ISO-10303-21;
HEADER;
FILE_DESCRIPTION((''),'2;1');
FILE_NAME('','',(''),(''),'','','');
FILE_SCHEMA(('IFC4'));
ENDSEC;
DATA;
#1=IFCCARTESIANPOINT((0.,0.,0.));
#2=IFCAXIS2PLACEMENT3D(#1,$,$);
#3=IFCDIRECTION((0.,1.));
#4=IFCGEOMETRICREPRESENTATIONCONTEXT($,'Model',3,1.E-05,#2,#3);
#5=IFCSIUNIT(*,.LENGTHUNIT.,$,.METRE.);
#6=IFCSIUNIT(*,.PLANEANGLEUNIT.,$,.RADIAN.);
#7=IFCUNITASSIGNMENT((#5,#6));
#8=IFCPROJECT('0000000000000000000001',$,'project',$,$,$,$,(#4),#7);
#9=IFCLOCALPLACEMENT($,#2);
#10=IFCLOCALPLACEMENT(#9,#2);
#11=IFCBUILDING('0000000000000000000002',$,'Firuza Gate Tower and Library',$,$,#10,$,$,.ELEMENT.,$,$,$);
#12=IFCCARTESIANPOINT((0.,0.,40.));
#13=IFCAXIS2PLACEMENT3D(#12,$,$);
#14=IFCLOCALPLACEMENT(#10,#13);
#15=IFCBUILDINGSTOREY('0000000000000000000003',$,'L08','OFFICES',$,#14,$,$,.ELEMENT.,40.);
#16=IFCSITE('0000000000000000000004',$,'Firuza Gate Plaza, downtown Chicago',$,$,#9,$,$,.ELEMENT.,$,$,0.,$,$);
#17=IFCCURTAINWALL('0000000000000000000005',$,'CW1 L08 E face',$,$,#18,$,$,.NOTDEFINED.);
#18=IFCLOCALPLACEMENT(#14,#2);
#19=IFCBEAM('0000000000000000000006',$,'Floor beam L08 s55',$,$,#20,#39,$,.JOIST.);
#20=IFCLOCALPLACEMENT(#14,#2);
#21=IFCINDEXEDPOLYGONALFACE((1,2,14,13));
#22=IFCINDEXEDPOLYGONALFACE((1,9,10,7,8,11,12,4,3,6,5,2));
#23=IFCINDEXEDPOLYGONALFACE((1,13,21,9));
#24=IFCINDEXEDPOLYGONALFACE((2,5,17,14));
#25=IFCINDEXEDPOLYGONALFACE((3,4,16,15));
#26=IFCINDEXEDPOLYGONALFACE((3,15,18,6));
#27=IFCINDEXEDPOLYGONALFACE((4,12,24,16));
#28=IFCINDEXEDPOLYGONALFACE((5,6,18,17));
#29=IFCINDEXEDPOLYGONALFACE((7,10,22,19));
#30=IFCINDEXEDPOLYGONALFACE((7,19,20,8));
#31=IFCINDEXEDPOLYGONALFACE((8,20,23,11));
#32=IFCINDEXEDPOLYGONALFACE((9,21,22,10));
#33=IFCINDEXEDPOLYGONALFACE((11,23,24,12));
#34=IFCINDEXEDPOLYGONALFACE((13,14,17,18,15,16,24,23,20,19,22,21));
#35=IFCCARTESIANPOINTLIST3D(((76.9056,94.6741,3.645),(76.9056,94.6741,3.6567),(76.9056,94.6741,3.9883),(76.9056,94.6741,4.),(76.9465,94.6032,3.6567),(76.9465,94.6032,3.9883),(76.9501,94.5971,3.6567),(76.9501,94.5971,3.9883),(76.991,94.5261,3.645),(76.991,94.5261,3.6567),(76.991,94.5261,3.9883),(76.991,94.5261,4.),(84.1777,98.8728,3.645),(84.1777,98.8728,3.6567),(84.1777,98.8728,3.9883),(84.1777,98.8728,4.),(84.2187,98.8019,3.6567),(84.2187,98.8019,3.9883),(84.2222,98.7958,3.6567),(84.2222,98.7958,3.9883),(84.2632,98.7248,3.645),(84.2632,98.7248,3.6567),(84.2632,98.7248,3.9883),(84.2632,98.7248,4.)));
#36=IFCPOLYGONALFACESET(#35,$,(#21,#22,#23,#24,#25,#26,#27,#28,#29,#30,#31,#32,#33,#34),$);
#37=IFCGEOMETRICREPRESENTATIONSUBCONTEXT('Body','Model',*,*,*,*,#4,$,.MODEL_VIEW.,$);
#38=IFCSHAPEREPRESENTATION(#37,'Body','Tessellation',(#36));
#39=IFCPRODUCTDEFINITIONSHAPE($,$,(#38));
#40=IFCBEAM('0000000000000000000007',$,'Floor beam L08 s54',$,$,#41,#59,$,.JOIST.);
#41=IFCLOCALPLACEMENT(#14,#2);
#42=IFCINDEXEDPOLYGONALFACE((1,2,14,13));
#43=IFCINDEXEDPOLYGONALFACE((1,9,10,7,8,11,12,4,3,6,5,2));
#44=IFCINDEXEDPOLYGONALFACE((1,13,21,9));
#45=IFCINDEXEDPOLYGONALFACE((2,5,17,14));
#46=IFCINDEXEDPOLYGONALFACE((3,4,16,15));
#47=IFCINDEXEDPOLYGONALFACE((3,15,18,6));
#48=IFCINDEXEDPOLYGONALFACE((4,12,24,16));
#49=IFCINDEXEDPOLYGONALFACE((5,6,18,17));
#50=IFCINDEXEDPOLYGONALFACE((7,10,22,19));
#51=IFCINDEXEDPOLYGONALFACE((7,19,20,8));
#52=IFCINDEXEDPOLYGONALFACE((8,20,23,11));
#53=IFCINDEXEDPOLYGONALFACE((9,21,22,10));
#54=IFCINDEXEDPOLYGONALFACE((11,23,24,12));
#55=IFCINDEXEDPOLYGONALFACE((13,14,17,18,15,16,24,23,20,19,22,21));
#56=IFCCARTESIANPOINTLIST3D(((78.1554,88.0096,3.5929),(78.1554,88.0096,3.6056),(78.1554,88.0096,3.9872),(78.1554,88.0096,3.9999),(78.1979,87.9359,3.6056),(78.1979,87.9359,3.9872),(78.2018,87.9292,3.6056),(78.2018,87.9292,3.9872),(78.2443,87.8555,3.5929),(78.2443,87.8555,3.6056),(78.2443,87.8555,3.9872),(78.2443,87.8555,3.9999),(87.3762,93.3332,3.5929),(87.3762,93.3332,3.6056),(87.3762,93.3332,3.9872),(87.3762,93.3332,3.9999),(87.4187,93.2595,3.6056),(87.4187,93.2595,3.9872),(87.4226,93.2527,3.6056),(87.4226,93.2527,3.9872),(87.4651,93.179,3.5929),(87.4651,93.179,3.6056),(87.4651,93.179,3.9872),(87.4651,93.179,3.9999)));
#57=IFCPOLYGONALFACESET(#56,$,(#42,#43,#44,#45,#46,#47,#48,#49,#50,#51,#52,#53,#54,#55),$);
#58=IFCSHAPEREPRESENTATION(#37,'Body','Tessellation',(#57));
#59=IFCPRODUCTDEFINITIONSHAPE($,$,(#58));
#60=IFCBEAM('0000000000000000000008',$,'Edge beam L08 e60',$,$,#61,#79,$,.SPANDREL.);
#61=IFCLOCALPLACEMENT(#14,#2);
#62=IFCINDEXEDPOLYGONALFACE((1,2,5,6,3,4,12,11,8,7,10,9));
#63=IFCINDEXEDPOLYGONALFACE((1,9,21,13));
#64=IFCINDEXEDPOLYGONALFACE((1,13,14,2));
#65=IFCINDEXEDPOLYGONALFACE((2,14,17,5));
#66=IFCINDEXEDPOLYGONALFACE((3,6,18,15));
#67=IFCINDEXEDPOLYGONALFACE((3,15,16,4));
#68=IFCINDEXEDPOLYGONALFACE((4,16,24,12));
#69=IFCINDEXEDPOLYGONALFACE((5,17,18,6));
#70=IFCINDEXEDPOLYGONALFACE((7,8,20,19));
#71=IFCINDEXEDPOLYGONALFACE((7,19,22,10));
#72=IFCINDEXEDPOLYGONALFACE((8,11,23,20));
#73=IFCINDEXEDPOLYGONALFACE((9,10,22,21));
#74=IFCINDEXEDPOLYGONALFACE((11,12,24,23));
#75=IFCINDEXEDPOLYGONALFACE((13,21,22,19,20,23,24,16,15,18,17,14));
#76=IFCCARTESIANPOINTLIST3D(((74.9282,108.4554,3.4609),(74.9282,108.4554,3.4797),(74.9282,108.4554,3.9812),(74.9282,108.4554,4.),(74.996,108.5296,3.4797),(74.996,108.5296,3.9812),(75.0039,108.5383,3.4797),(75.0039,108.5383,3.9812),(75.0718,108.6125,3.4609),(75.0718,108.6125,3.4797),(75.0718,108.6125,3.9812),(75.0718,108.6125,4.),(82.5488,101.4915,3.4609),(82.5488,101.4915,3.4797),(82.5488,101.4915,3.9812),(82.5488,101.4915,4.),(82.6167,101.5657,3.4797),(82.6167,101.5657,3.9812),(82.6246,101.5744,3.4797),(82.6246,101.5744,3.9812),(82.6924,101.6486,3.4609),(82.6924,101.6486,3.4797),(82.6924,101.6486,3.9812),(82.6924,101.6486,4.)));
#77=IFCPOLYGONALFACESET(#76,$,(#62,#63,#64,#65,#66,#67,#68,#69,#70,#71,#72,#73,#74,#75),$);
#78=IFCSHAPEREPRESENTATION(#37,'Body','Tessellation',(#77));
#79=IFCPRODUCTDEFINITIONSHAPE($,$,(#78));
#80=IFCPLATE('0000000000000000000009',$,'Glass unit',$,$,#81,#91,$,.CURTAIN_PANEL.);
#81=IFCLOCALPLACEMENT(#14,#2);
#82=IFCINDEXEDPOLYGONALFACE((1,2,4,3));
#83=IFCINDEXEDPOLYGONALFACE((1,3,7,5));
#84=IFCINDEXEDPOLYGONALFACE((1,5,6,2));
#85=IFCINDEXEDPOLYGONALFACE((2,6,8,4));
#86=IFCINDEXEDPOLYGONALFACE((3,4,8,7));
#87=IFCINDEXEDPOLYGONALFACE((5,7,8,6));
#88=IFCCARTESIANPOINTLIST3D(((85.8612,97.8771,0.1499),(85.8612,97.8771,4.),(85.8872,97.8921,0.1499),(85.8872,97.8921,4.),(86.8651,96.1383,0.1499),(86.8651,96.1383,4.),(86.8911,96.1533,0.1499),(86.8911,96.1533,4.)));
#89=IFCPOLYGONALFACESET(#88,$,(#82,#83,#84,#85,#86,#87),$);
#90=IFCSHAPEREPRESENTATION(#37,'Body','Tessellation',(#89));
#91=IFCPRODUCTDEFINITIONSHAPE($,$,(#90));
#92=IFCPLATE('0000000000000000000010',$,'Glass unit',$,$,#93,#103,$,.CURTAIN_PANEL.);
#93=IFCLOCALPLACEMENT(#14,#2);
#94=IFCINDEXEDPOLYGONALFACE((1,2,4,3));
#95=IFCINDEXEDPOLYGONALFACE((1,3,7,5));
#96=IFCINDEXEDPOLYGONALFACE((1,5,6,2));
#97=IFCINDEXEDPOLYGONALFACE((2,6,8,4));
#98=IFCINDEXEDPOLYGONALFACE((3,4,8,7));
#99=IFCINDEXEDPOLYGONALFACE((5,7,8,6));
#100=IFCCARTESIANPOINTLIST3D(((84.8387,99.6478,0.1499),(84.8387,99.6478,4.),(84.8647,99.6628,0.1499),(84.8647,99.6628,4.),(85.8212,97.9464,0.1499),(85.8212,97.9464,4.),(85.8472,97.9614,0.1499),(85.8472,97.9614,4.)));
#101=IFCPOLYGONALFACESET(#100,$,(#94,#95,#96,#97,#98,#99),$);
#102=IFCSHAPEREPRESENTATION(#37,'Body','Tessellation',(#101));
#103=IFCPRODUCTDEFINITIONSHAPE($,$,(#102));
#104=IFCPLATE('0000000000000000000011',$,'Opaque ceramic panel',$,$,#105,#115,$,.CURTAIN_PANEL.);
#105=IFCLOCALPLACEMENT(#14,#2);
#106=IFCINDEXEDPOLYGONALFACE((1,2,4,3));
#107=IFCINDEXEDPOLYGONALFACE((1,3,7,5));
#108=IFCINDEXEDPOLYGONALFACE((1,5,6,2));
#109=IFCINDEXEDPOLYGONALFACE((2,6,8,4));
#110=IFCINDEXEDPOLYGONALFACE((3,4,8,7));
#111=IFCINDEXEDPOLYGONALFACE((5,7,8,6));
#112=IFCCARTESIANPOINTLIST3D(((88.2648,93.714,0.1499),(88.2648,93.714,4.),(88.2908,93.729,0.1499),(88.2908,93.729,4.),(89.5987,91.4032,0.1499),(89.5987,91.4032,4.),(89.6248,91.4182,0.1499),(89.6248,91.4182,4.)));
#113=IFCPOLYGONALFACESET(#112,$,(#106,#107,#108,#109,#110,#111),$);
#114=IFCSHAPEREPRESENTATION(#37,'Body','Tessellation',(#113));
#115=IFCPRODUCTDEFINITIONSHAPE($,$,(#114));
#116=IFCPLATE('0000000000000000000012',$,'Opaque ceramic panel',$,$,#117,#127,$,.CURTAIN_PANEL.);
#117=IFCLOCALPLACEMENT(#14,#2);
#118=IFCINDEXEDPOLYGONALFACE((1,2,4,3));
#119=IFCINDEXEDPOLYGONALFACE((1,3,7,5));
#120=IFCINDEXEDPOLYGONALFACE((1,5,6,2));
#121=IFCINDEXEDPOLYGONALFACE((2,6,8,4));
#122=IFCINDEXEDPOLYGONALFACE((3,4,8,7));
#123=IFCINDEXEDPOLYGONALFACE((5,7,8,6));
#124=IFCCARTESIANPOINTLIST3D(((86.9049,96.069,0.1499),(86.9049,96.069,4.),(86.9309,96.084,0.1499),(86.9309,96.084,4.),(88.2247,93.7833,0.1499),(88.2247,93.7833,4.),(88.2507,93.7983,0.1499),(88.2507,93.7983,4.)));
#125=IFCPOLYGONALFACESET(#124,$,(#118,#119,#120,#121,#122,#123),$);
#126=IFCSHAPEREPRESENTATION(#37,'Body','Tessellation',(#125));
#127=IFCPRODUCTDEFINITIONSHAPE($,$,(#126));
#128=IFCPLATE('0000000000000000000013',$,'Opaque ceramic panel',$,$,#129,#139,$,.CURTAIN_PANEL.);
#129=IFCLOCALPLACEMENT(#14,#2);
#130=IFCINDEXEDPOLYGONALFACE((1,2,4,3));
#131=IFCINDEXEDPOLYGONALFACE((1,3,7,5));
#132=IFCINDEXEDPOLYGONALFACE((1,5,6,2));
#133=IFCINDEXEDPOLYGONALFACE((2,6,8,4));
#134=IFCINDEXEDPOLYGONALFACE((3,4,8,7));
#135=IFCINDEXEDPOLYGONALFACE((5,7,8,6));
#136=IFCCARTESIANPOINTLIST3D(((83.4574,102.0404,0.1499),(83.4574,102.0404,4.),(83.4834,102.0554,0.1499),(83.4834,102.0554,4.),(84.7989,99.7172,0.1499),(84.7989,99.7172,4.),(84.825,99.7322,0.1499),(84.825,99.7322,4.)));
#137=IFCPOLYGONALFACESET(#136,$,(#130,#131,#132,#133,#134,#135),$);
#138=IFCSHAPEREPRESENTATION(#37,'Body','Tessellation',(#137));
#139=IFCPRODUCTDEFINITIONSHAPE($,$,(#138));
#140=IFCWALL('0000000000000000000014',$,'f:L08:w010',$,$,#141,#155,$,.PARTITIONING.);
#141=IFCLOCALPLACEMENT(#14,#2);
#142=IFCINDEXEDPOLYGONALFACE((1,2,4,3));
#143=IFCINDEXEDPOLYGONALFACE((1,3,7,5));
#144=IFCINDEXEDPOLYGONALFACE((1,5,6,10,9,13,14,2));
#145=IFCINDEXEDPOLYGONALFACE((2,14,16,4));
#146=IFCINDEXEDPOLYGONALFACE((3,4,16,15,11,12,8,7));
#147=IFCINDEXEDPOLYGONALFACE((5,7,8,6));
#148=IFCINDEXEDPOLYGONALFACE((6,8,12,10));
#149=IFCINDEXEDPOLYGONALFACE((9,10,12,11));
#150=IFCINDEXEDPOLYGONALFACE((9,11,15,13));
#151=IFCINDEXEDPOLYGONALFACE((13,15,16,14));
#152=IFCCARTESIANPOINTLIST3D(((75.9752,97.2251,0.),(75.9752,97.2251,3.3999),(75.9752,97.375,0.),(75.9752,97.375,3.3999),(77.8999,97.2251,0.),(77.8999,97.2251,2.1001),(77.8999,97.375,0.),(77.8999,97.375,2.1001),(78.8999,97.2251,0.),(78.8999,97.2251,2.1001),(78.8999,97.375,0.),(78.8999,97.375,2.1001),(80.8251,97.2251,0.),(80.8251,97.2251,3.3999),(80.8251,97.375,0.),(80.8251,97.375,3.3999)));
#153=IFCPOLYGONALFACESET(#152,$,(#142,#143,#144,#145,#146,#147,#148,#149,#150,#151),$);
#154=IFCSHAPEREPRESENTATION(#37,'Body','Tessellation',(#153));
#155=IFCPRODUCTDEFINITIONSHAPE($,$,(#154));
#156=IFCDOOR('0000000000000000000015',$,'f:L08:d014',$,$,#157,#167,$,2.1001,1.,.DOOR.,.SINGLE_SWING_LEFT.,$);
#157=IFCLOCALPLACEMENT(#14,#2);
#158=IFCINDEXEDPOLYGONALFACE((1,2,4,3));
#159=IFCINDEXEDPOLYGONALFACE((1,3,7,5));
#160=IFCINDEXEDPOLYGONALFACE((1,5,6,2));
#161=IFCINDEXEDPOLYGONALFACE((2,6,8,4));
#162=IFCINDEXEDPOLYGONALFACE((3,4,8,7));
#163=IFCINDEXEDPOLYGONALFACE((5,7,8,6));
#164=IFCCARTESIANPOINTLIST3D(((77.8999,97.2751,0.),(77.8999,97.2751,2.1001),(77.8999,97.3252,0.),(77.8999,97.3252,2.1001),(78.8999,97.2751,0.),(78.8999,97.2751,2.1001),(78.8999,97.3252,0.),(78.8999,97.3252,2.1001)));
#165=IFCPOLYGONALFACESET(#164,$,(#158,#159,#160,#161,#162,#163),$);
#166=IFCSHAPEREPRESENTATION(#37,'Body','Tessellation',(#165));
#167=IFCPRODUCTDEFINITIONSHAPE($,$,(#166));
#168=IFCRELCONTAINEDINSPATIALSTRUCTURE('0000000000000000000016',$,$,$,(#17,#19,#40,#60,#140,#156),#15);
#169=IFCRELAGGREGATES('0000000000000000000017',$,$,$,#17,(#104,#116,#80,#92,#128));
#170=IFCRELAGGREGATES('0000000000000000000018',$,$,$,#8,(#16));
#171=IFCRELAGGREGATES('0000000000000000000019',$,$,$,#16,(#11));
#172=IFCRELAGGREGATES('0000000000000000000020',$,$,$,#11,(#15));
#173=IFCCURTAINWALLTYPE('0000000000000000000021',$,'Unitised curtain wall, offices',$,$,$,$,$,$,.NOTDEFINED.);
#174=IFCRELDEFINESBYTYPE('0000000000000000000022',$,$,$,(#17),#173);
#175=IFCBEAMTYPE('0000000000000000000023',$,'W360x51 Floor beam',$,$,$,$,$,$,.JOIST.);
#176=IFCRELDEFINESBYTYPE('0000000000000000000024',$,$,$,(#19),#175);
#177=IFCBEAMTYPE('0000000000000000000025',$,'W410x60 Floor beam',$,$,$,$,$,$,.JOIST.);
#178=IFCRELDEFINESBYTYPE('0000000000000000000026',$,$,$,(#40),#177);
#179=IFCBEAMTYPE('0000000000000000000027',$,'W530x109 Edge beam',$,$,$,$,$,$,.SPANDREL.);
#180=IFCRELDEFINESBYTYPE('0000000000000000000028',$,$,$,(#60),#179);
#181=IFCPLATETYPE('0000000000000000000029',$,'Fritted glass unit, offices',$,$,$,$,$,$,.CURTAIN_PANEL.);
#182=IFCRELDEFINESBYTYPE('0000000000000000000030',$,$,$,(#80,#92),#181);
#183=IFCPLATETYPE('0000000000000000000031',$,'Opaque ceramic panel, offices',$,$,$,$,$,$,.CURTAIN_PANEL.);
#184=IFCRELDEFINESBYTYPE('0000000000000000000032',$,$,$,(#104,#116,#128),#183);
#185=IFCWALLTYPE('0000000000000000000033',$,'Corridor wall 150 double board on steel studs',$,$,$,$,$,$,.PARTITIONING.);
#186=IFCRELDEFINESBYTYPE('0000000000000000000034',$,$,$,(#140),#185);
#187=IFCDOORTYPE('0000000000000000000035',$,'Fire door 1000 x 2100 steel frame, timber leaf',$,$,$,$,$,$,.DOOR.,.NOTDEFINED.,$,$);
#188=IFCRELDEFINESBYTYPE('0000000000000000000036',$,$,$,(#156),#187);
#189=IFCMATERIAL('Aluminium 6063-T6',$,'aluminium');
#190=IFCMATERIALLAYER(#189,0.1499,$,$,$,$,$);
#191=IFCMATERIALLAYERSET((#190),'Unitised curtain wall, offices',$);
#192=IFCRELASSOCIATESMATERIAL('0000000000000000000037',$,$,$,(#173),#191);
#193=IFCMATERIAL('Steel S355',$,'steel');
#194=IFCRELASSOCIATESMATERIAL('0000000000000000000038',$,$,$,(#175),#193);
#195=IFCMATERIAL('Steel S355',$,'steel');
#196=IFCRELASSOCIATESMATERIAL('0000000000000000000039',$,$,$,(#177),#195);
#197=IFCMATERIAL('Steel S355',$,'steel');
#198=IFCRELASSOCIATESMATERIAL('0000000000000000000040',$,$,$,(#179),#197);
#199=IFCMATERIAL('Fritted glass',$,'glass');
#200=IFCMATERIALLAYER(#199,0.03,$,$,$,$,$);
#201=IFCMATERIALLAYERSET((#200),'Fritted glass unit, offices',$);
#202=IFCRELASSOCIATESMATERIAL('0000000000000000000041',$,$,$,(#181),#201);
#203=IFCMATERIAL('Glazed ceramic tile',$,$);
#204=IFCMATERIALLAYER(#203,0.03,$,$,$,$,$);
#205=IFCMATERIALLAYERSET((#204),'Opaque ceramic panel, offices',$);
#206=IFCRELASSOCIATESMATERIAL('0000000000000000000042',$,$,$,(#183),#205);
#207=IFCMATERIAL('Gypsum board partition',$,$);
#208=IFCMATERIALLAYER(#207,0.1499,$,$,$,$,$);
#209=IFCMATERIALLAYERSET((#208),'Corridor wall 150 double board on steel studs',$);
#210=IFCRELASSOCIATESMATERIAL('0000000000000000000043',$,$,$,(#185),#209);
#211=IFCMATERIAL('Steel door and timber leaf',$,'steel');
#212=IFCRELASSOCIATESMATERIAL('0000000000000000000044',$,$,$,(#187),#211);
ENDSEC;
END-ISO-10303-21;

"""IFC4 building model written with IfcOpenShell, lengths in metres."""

from ifc_helpers import new_model, si_unit, direction, frame, frame_2d, origin, origin_2d, place, context, subcontext, project, spatial, polyline, rectangle, i_section, outline, extrude, material, layer, layer_set, material_profile, profile_set, type_object, element, fill, aggregate, save


model = new_model("IFC4")

# Units and contexts
model_context = context("Model", 3, precision=1e-05, world=origin(), true_north=direction((0.0, 1.0)))
body_context = subcontext(model_context, "Body", "Model", "MODEL_VIEW")
ifc_project = project(units=[si_unit("LENGTHUNIT", "METRE"), si_unit("PLANEANGLEUNIT", "RADIAN")], contexts=[model_context])

# Site, building, storey
site_placement = place(None, origin())
site = spatial("IfcSite", under=ifc_project, at=site_placement, Name="Firuza Gate Plaza, downtown Chicago", CompositionType="ELEMENT", RefElevation=0.0)
building_placement = place(site_placement, origin())
building = spatial("IfcBuilding", under=site, at=building_placement, Name="Firuza Gate Tower and Library", CompositionType="ELEMENT")
storey_placement = place(building_placement, frame((0.0, 0.0, 40.0)))
storey = spatial("IfcBuildingStorey", under=building, at=storey_placement, Name="L08", Description="OFFICES", CompositionType="ELEMENT", Elevation=40.0)

# Curtain wall
ifc_material_1 = material(Name="Aluminium 6063-T6", Category="aluminium")
ifc_layer_1 = layer(ifc_material_1, 0.1499)
ifc_layer_set_1 = layer_set([ifc_layer_1], Name="Unitised curtain wall, offices")
curtain_wall_type = type_object("IfcCurtainWallType", Name="Unitised curtain wall, offices", PredefinedType="NOTDEFINED", material=ifc_layer_set_1)
curtain_wall_placement = place(storey_placement, origin())
curtain_wall = element("IfcCurtainWall", 1, at=curtain_wall_placement, inside=storey, type_object=curtain_wall_type, Name="CW1 L08 E face", PredefinedType="NOTDEFINED")

# Beams
ifc_material_2 = material(Name="Steel S355", Category="steel")
ifc_material_profile_1 = material_profile(ifc_material_2, i_section(OverallWidth=0.1709, OverallDepth=0.355, WebThickness=0.0071, FlangeThickness=0.0117, at=origin_2d()))
ifc_profile_set_1 = profile_set([ifc_material_profile_1], Name="Steel S355")
beam_type_1 = type_object("IfcBeamType", Name="W360x51 Floor beam", PredefinedType="JOIST", material=ifc_profile_set_1)
beam_1_placement = place(storey_placement, frame((84.2205, 98.7988, 3.8225), z_axis=(-0.86602, -0.50001, 0.0), x_axis=(0.50001, -0.86602, 0.0)))
element("IfcBeam", 2, at=beam_1_placement, inside=storey, type_object=beam_type_1, Name="Floor beam L08 s55", PredefinedType="JOIST", context=body_context, shape_type="SweptSolid", body=[
    extrude(i_section(OverallWidth=0.1709, OverallDepth=0.355, WebThickness=0.0071, FlangeThickness=0.0117, at=origin_2d()), origin(), (0.0, 0.0, 1.0), 8.3972),
])
ifc_material_3 = material(Name="Steel S355", Category="steel")
ifc_material_profile_2 = material_profile(ifc_material_3, i_section(OverallWidth=0.178, OverallDepth=0.407, WebThickness=0.0078, FlangeThickness=0.0127, at=origin_2d()))
ifc_profile_set_2 = profile_set([ifc_material_profile_2], Name="Steel S355")
beam_type_2 = type_object("IfcBeamType", Name="W410x60 Floor beam", PredefinedType="JOIST", material=ifc_profile_set_2)
beam_2_placement = place(storey_placement, frame((87.4207, 93.2561, 3.7964), z_axis=(-0.866029, -0.499994, 0.0), x_axis=(0.499994, -0.866029, 0.0)))
element("IfcBeam", 3, at=beam_2_placement, inside=storey, type_object=beam_type_2, Name="Floor beam L08 s54", PredefinedType="JOIST", context=body_context, shape_type="SweptSolid", body=[
    extrude(i_section(OverallWidth=0.178, OverallDepth=0.407, WebThickness=0.0078, FlangeThickness=0.0127, at=origin_2d()), origin(), (0.0, 0.0, 1.0), 10.6472),
])
ifc_material_4 = material(Name="Steel S355", Category="steel")
ifc_material_profile_3 = material_profile(ifc_material_4, i_section(OverallWidth=0.2129, OverallDepth=0.5391, WebThickness=0.0117, FlangeThickness=0.0188, at=origin_2d()))
ifc_profile_set_3 = profile_set([ifc_material_profile_3], Name="Steel S355")
beam_type_3 = type_object("IfcBeamType", Name="W530x109 Edge beam", PredefinedType="SPANDREL", material=ifc_profile_set_3)
beam_3_placement = place(storey_placement, frame((82.6206, 101.5701, 3.7305), z_axis=(-0.7382, 0.674582, 0.0), x_axis=(-0.674582, -0.7382, 0.0)))
element("IfcBeam", 4, at=beam_3_placement, inside=storey, type_object=beam_type_3, Name="Edge beam L08 e60", PredefinedType="SPANDREL", context=body_context, shape_type="SweptSolid", body=[
    extrude(i_section(OverallWidth=0.2129, OverallDepth=0.5391, WebThickness=0.0117, FlangeThickness=0.0188, at=origin_2d()), origin(), (0.0, 0.0, 1.0), 10.3232),
])

# Plates
ifc_material_5 = material(Name="Fritted glass", Category="glass")
ifc_layer_2 = layer(ifc_material_5, 0.03)
ifc_layer_set_2 = layer_set([ifc_layer_2], Name="Fritted glass unit, offices")
plate_type_1 = type_object("IfcPlateType", Name="Fritted glass unit, offices", PredefinedType="CURTAIN_PANEL", material=ifc_layer_set_2)
plate_1_placement = place(storey_placement, frame((86.8911, 96.1533, 0.1499), z_axis=(0.86602, 0.50001, 0.0), x_axis=(-0.50001, 0.86602, 0.0)))
plate_1 = element("IfcPlate", 5, at=plate_1_placement, type_object=plate_type_1, Name="Glass unit", PredefinedType="CURTAIN_PANEL", context=body_context, shape_type="SweptSolid", body=[
    extrude(outline(polyline([(0.0, 0.0), (2.0078, 0.0), (2.0078, 3.8501), (0.0, 3.8501), (0.0, 0.0)])), origin(), (0.0, 0.0, -1.0), 0.03),
])
plate_2_placement = place(storey_placement, frame((85.8472, 97.9614, 0.1499), z_axis=(0.866001, 0.500042, 0.0), x_axis=(-0.500042, 0.866001, 0.0)))
plate_2 = element("IfcPlate", 6, at=plate_2_placement, type_object=plate_type_1, Name="Glass unit", PredefinedType="CURTAIN_PANEL", context=body_context, shape_type="SweptSolid", body=[
    extrude(outline(polyline([(0.0, 0.0), (1.9647, 0.0), (1.9647, 3.8501), (0.0, 3.8501), (0.0, 0.0)])), origin(), (0.0, 0.0, -1.0), 0.03),
])
ifc_material_6 = material(Name="Glazed ceramic tile")
ifc_layer_3 = layer(ifc_material_6, 0.03)
ifc_layer_set_3 = layer_set([ifc_layer_3], Name="Opaque ceramic panel, offices")
plate_type_2 = type_object("IfcPlateType", Name="Opaque ceramic panel, offices", PredefinedType="CURTAIN_PANEL", material=ifc_layer_set_3)
plate_3_placement = place(storey_placement, frame((89.6248, 91.4182, 0.1499), z_axis=(0.86605, 0.499957, 0.0), x_axis=(-0.499957, 0.86605, 0.0)))
plate_3 = element("IfcPlate", 7, at=plate_3_placement, type_object=plate_type_2, Name="Opaque ceramic panel", PredefinedType="CURTAIN_PANEL", context=body_context, shape_type="SweptSolid", body=[
    extrude(outline(polyline([(0.0, 0.0), (2.6682, 0.0), (2.6682, 3.8501), (0.0, 3.8501), (0.0, 0.0)])), origin(), (0.0, 0.0, -1.0), 0.03),
])
plate_4_placement = place(storey_placement, frame((88.2507, 93.7983, 0.1499), z_axis=(0.865991, 0.500059, 0.0), x_axis=(-0.500059, 0.865991, 0.0)))
plate_4 = element("IfcPlate", 8, at=plate_4_placement, type_object=plate_type_2, Name="Opaque ceramic panel", PredefinedType="CURTAIN_PANEL", context=body_context, shape_type="SweptSolid", body=[
    extrude(outline(polyline([(0.0, 0.0), (2.6393, 0.0), (2.6393, 3.8501), (0.0, 3.8501), (0.0, 0.0)])), origin(), (0.0, 0.0, -1.0), 0.03),
])
plate_5_placement = place(storey_placement, frame((84.825, 99.7322, 0.1499), z_axis=(0.865989, 0.500064, 0.0), x_axis=(-0.500064, 0.865989, 0.0)))
plate_5 = element("IfcPlate", 9, at=plate_5_placement, type_object=plate_type_2, Name="Opaque ceramic panel", PredefinedType="CURTAIN_PANEL", context=body_context, shape_type="SweptSolid", body=[
    extrude(outline(polyline([(0.0, 0.0), (2.6828, 0.0), (2.6828, 3.8501), (0.0, 3.8501), (0.0, 0.0)])), origin(), (0.0, 0.0, -1.0), 0.03),
])
aggregate(curtain_wall, [plate_3, plate_4, plate_1, plate_2, plate_5])

# Wall, opening, door
ifc_material_7 = material(Name="Gypsum board partition")
ifc_layer_4 = layer(ifc_material_7, 0.1499)
ifc_layer_set_4 = layer_set([ifc_layer_4], Name="Corridor wall 150 double board on steel studs")
wall_type_1 = type_object("IfcWallType", Name="Corridor wall 150 double board on steel studs", PredefinedType="PARTITIONING", material=ifc_layer_set_4)
wall_1_placement = place(storey_placement, frame((80.825, 97.3, 0.0), z_axis=(0.0, 0.0, 1.0), x_axis=(-1.0, 0.0, 0.0)))
wall_1 = element("IfcWall", 10, at=wall_1_placement, inside=storey, type_object=wall_type_1, Name="f:L08:w010", PredefinedType="PARTITIONING", context=body_context, shape_type="SweptSolid", body=[
    extrude(rectangle(XDim=4.8499, YDim=0.1499, at=frame_2d((2.4248, 0.0))), origin(), (0.0, 0.0, 1.0), 3.3999),
])
opening_1_placement = place(wall_1_placement, frame((1.925, 0.0, 0.0)))
opening_1 = element("IfcOpeningElement", 11, at=opening_1_placement, cuts=wall_1, PredefinedType="OPENING", context=body_context, shape_type="SweptSolid", body=[
    extrude(rectangle(XDim=1.0, YDim=2.1001, at=frame_2d((0.5, 1.05))), frame((0.0, 0.085, 0.0), z_axis=(0.0, -1.0, 0.0), x_axis=(1.0, 0.0, 0.0)), (0.0, 0.0, 1.0), 0.1699),
])
ifc_material_8 = material(Name="Steel door and timber leaf", Category="steel")
door_type_1 = type_object("IfcDoorType", Name="Fire door 1000 x 2100 steel frame, timber leaf", OperationType="NOTDEFINED", PredefinedType="DOOR", material=ifc_material_8)
door_1_placement = place(opening_1_placement, origin())
door_1 = element("IfcDoor", 12, at=door_1_placement, inside=storey, type_object=door_type_1, Name="f:L08:d014", OperationType="SINGLE_SWING_LEFT", OverallHeight=2.1001, OverallWidth=1.0, PredefinedType="DOOR", context=body_context, shape_type="SweptSolid", body=[
    extrude(rectangle(XDim=1.0, YDim=2.1001, at=frame_2d((0.5, 1.05))), frame((0.0, 0.0249, 0.0), z_axis=(0.0, -1.0, 0.0), x_axis=(1.0, 0.0, 0.0)), (0.0, 0.0, 1.0), 0.05),
])
fill(opening_1, door_1)

save(model, "model.ifc")
